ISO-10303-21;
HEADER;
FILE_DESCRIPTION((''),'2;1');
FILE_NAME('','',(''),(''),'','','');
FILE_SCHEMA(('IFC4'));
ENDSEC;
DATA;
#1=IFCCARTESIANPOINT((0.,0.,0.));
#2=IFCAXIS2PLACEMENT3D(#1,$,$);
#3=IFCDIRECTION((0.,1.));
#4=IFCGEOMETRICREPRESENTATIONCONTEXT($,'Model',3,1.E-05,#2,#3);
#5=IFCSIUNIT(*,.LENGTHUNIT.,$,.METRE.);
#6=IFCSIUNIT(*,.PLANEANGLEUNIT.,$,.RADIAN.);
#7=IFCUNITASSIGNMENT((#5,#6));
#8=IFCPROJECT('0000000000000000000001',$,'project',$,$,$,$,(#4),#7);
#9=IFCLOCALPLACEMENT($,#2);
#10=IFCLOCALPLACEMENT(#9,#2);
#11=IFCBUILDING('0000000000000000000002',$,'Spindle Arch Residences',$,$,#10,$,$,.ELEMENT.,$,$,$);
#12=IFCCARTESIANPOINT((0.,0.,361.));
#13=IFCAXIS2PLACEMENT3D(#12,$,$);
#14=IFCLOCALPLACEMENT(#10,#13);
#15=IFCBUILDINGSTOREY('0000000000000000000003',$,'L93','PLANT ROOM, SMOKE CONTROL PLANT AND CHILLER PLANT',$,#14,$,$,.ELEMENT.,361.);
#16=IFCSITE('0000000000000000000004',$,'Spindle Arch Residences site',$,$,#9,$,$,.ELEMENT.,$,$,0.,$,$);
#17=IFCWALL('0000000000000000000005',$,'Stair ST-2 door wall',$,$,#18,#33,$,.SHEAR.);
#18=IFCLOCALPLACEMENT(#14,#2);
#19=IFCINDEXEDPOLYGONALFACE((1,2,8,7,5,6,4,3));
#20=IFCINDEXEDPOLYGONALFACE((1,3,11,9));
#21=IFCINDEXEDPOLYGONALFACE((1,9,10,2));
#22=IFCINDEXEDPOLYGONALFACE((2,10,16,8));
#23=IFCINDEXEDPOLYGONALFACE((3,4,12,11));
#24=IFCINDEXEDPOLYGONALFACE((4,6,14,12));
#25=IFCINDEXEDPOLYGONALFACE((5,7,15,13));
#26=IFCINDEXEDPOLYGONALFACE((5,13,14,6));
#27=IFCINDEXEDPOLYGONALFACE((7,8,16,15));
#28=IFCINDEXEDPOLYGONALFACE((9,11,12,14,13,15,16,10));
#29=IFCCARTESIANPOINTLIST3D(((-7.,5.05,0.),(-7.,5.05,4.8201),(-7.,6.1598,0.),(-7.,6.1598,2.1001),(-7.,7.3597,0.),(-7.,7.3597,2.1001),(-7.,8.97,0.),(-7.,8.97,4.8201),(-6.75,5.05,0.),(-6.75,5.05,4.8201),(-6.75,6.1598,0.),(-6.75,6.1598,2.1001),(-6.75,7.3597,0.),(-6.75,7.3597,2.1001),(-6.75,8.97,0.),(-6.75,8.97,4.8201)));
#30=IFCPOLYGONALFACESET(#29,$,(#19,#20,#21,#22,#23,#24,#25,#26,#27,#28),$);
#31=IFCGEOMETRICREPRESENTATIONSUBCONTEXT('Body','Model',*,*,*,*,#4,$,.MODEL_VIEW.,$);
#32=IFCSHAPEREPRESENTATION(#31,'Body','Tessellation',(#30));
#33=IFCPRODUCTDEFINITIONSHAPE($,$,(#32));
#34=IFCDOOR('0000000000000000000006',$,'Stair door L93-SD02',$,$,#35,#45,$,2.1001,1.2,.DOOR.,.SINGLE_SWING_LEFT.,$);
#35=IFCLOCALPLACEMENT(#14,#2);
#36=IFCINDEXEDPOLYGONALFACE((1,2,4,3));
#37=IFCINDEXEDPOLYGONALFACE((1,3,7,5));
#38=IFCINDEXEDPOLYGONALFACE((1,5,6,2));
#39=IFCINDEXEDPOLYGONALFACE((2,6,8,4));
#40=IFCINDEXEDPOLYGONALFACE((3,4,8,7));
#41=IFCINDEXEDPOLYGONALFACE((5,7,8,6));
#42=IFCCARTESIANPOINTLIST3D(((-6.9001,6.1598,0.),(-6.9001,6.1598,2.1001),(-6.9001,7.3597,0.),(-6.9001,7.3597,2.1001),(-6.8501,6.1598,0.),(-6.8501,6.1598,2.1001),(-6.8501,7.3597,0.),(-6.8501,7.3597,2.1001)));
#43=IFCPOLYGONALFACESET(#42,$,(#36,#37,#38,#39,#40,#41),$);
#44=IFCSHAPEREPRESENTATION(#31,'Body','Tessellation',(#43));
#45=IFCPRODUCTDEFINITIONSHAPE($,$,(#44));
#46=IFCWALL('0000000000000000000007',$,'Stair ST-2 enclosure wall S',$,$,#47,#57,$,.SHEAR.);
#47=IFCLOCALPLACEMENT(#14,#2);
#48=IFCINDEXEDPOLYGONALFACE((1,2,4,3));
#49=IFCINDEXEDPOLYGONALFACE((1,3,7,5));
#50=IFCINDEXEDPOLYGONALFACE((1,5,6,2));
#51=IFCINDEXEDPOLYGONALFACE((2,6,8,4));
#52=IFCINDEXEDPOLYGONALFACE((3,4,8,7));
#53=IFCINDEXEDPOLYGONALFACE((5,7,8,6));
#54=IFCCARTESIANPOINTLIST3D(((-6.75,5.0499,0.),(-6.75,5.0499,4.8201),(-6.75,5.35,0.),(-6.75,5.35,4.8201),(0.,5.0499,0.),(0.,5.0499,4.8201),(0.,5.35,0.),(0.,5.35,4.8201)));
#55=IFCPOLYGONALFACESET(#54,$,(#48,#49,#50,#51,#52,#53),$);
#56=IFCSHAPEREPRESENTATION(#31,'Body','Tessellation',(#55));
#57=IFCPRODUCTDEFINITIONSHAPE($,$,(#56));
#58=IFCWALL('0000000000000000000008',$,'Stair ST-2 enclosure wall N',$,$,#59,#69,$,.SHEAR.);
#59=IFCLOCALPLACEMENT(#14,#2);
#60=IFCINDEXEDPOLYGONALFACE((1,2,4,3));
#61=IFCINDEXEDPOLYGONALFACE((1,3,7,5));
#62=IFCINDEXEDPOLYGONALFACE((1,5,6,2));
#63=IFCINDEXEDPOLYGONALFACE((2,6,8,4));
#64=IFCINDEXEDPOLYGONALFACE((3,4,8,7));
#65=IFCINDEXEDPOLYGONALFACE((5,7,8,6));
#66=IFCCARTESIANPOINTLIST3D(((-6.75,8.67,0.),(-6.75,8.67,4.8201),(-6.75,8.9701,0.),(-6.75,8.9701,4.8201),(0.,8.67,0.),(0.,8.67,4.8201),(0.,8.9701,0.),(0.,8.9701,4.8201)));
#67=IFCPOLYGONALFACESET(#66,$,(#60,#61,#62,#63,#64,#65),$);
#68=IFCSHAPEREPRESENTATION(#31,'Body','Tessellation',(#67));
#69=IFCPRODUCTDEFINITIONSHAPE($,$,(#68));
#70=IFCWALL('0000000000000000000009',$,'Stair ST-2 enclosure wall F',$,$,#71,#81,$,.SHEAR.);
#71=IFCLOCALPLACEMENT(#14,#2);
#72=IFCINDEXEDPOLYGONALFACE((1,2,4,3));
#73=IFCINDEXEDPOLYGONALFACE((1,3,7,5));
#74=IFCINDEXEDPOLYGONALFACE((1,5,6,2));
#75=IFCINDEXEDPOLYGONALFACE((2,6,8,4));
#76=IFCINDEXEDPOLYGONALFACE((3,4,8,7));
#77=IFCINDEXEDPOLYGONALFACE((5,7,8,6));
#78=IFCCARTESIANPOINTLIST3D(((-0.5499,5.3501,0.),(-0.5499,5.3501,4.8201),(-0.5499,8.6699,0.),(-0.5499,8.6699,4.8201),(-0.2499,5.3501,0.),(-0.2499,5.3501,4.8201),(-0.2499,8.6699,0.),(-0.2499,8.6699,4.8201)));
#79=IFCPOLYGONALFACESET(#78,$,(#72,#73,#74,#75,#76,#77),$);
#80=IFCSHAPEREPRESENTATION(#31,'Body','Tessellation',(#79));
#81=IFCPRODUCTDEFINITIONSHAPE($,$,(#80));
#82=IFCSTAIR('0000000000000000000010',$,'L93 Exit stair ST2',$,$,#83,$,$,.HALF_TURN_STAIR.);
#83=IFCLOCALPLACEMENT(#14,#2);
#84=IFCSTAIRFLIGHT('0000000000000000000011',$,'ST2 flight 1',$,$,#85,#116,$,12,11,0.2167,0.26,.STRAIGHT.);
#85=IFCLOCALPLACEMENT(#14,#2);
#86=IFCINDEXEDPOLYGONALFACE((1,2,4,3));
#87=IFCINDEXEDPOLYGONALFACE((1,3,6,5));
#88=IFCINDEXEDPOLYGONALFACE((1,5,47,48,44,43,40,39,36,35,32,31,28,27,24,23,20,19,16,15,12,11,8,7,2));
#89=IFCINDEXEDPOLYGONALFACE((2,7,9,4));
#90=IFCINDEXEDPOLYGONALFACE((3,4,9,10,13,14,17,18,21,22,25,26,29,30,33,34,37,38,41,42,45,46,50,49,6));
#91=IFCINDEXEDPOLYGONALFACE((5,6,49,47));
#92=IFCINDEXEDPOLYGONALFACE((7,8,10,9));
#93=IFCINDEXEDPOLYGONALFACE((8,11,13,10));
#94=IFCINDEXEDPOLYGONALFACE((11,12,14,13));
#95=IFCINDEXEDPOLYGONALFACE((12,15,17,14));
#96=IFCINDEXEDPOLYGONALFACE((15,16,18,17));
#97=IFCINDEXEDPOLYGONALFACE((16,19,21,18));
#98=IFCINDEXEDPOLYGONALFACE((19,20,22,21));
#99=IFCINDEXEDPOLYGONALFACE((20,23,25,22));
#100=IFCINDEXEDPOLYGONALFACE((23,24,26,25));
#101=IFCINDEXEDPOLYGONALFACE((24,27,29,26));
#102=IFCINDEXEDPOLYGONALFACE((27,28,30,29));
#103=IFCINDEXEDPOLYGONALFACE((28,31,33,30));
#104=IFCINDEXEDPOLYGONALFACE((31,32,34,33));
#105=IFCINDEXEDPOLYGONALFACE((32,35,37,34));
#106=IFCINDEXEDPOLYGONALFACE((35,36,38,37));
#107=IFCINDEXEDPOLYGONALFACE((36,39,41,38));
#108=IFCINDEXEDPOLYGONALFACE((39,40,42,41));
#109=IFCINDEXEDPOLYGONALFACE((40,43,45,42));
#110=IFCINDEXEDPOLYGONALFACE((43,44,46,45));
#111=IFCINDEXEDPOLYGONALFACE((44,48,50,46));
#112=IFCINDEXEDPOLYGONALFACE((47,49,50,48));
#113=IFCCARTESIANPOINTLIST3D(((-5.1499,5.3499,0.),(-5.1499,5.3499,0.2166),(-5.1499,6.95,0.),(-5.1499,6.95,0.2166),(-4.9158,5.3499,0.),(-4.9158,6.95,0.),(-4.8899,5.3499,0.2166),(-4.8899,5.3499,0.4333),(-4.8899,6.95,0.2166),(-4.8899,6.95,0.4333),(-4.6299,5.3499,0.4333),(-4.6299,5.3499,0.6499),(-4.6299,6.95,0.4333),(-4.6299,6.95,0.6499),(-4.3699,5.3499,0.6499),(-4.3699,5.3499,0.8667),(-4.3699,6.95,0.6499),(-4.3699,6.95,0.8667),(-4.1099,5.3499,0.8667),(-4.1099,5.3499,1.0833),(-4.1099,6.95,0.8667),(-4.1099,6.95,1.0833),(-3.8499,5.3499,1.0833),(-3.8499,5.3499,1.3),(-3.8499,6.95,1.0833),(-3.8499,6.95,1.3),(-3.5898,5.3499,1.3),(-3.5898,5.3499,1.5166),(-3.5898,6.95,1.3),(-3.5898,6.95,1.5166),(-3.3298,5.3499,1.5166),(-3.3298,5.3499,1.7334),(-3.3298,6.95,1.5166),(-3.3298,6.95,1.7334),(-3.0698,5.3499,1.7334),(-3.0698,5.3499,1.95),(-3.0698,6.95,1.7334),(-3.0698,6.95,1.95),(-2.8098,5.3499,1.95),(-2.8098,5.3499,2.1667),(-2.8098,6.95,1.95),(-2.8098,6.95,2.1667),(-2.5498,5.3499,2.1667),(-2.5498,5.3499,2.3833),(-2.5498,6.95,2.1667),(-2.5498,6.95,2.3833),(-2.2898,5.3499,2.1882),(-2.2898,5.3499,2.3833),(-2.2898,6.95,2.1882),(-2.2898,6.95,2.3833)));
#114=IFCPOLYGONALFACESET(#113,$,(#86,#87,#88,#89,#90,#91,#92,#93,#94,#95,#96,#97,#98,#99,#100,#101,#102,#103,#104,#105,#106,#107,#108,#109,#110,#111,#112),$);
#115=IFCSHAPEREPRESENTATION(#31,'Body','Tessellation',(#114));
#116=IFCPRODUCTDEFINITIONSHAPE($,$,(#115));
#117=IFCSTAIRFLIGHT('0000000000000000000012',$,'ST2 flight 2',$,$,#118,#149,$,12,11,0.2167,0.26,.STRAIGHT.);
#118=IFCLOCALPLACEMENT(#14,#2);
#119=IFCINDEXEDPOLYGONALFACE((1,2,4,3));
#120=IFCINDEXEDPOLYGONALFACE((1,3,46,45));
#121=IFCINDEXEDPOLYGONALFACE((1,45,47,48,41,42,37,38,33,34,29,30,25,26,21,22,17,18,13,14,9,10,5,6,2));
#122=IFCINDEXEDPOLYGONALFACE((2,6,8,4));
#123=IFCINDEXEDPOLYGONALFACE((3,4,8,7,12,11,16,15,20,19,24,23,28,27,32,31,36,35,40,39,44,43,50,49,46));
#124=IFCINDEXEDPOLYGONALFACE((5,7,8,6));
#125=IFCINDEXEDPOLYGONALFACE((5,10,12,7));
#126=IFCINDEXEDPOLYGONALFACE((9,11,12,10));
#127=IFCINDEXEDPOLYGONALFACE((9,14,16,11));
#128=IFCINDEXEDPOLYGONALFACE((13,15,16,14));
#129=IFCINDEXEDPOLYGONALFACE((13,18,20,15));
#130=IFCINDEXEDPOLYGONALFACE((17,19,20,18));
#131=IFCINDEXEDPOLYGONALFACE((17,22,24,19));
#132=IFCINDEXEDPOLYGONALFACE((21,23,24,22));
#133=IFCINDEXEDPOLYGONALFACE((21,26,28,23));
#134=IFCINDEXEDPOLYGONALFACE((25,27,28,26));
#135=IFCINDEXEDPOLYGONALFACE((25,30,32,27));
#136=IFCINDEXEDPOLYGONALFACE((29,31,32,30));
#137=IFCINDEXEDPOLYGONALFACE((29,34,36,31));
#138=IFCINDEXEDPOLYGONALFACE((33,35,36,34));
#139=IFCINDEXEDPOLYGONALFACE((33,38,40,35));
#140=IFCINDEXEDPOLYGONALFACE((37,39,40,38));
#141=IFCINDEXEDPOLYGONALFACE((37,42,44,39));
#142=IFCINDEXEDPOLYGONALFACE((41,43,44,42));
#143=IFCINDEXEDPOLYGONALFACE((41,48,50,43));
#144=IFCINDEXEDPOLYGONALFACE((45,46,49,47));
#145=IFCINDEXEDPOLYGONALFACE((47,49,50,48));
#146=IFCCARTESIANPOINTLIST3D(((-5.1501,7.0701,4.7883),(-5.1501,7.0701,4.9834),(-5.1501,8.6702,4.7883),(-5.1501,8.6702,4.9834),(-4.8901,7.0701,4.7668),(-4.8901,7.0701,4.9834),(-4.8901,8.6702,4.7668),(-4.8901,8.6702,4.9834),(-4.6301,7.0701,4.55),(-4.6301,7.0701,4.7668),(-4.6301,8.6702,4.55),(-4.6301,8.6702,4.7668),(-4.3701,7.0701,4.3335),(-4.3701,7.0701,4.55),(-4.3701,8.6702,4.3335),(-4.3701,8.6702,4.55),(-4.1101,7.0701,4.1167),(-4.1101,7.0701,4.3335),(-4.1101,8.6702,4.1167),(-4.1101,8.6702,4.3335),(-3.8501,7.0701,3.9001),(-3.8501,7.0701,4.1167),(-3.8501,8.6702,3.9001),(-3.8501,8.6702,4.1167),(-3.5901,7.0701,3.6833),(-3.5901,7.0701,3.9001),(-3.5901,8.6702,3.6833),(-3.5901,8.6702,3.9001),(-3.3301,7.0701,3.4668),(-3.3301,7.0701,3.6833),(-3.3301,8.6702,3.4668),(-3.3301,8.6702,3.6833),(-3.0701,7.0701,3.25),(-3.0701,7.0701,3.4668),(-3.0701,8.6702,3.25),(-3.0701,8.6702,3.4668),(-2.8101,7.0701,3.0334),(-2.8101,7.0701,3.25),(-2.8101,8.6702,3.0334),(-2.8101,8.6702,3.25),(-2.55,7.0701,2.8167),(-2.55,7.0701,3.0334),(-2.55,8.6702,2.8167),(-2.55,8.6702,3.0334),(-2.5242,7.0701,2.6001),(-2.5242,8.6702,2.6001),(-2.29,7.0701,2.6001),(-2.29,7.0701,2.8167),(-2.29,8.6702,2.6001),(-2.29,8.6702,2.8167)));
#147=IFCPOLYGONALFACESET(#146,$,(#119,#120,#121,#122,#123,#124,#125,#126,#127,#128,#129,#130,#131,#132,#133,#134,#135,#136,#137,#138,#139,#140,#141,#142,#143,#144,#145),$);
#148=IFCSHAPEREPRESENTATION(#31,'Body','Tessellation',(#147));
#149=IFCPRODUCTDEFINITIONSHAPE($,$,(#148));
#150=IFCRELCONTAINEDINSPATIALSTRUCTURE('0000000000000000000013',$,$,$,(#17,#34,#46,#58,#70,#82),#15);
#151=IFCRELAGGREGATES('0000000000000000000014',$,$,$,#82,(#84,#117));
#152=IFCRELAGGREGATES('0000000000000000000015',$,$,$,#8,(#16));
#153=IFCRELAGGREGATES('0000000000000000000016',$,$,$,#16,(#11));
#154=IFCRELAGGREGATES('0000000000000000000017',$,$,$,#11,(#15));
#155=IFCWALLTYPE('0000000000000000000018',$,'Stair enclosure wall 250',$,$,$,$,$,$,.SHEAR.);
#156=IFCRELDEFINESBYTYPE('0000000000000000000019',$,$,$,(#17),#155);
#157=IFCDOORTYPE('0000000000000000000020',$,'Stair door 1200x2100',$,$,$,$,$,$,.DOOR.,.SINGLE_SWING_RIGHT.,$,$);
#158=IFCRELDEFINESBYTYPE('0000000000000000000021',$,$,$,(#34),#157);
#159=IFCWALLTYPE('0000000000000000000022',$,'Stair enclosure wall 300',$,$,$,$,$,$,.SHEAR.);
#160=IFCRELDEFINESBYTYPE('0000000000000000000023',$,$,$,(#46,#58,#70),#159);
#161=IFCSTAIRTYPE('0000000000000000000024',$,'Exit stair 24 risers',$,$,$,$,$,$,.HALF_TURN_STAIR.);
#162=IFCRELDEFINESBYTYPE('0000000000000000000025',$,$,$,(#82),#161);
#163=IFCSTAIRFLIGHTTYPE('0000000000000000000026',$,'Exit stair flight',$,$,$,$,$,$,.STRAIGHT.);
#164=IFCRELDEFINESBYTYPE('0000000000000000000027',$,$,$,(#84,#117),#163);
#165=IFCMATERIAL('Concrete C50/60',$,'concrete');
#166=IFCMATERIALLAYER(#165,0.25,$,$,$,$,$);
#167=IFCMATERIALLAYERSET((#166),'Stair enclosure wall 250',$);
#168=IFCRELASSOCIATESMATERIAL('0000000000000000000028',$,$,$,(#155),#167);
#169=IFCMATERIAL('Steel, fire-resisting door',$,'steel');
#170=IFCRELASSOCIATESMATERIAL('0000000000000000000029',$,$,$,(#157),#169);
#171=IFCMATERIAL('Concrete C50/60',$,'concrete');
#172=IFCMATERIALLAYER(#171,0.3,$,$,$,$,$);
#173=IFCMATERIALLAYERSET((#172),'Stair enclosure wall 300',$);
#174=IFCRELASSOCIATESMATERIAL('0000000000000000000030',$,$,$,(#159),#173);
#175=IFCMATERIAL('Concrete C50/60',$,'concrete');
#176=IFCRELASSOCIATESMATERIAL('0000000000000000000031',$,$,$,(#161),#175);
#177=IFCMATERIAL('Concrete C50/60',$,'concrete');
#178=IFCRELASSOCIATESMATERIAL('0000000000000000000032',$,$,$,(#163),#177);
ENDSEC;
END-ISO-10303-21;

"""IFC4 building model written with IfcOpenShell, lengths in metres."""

from ifc_helpers import new_model, si_unit, direction, frame, frame_2d, origin, place, context, subcontext, project, spatial, polyline, rectangle, outline, extrude, material, layer, layer_set, type_object, element, fill, aggregate, save


model = new_model("IFC4")

# Units and contexts
model_context = context("Model", 3, precision=1e-05, world=origin(), true_north=direction((0.0, 1.0)))
body_context = subcontext(model_context, "Body", "Model", "MODEL_VIEW")
ifc_project = project(units=[si_unit("LENGTHUNIT", "METRE"), si_unit("PLANEANGLEUNIT", "RADIAN")], contexts=[model_context])

# Site, building, storey
site_placement = place(None, origin())
site = spatial("IfcSite", under=ifc_project, at=site_placement, Name="Spindle Arch Residences site", CompositionType="ELEMENT", RefElevation=0.0)
building_placement = place(site_placement, origin())
building = spatial("IfcBuilding", under=site, at=building_placement, Name="Spindle Arch Residences", CompositionType="ELEMENT")
storey_placement = place(building_placement, frame((0.0, 0.0, 361.0)))
storey = spatial("IfcBuildingStorey", under=building, at=storey_placement, Name="L93", Description="PLANT ROOM, SMOKE CONTROL PLANT AND CHILLER PLANT", CompositionType="ELEMENT", Elevation=361.0)

# Wall, opening, door
ifc_material_1 = material(Name="Concrete C50/60", Category="concrete")
ifc_layer_1 = layer(ifc_material_1, 0.25)
ifc_layer_set_1 = layer_set([ifc_layer_1], Name="Stair enclosure wall 250")
wall_type_1 = type_object("IfcWallType", Name="Stair enclosure wall 250", PredefinedType="SHEAR", material=ifc_layer_set_1)
wall_1_placement = place(storey_placement, frame((-6.875, 8.97, 0.0), z_axis=(0.0, 0.0, 1.0), x_axis=(0.0, -1.0, 0.0)))
wall_1 = element("IfcWall", 1, at=wall_1_placement, inside=storey, type_object=wall_type_1, Name="Stair ST-2 door wall", PredefinedType="SHEAR", context=body_context, shape_type="SweptSolid", body=[
    extrude(rectangle(XDim=3.9199, YDim=0.25, at=frame_2d((1.96, 0.0))), origin(), (0.0, 0.0, 1.0), 4.8201),
])
opening_1_placement = place(wall_1_placement, frame((1.6101, 0.0, 0.0)))
opening_1 = element("IfcOpeningElement", 2, at=opening_1_placement, cuts=wall_1, PredefinedType="OPENING", context=body_context, shape_type="SweptSolid", body=[
    extrude(rectangle(XDim=1.2, YDim=2.1001, at=frame_2d((0.6001, 1.05))), frame((0.0, 0.135, 0.0), z_axis=(0.0, -1.0, 0.0), x_axis=(1.0, 0.0, 0.0)), (0.0, 0.0, 1.0), 0.27),
])
ifc_material_2 = material(Name="Steel, fire-resisting door", Category="steel")
door_type_1 = type_object("IfcDoorType", Name="Stair door 1200x2100", OperationType="SINGLE_SWING_RIGHT", PredefinedType="DOOR", material=ifc_material_2)
door_1_placement = place(opening_1_placement, origin())
door_1 = element("IfcDoor", 3, at=door_1_placement, inside=storey, type_object=door_type_1, Name="Stair door L93-SD02", OperationType="SINGLE_SWING_LEFT", OverallHeight=2.1001, OverallWidth=1.2, PredefinedType="DOOR", context=body_context, shape_type="SweptSolid", body=[
    extrude(rectangle(XDim=1.2, YDim=2.1001, at=frame_2d((0.6001, 1.05))), frame((0.0, 0.0249, 0.0), z_axis=(0.0, -1.0, 0.0), x_axis=(1.0, 0.0, 0.0)), (0.0, 0.0, 1.0), 0.05),
])
fill(opening_1, door_1)

# Walls
ifc_material_3 = material(Name="Concrete C50/60", Category="concrete")
ifc_layer_2 = layer(ifc_material_3, 0.3)
ifc_layer_set_2 = layer_set([ifc_layer_2], Name="Stair enclosure wall 300")
wall_type_2 = type_object("IfcWallType", Name="Stair enclosure wall 300", PredefinedType="SHEAR", material=ifc_layer_set_2)
for number, where, z_axis, x_axis, name in (
    (4, (-6.75, 5.2, 0.0), (0.0, 0.0, 1.0), (1.0, 0.0, 0.0), "Stair ST-2 enclosure wall S"),
    (5, (-6.75, 8.8201, 0.0), (0.0, 0.0, 1.0), (1.0, 0.0, 0.0), "Stair ST-2 enclosure wall N"),
):
    element("IfcWall", number, at=place(storey_placement, frame(where, z_axis=z_axis, x_axis=x_axis)), inside=storey, type_object=wall_type_2, Name=name, PredefinedType="SHEAR", context=body_context, shape_type="SweptSolid", body=[
        extrude(rectangle(XDim=6.75, YDim=0.3, at=frame_2d((3.375, 0.0))), origin(), (0.0, 0.0, 1.0), 4.8201),
    ])
wall_2_placement = place(storey_placement, frame((-0.3999, 5.3501, 0.0), z_axis=(0.0, 0.0, 1.0), x_axis=(0.0, 1.0, 0.0)))
element("IfcWall", 6, at=wall_2_placement, inside=storey, type_object=wall_type_2, Name="Stair ST-2 enclosure wall F", PredefinedType="SHEAR", context=body_context, shape_type="SweptSolid", body=[
    extrude(rectangle(XDim=3.3198, YDim=0.3, at=frame_2d((1.6599, 0.0))), origin(), (0.0, 0.0, 1.0), 4.8201),
])

# Stair, stair flights
ifc_material_4 = material(Name="Concrete C50/60", Category="concrete")
stair_type = type_object("IfcStairType", Name="Exit stair 24 risers", PredefinedType="HALF_TURN_STAIR", material=ifc_material_4)
stair_placement = place(storey_placement, origin())
stair = element("IfcStair", 7, at=stair_placement, inside=storey, type_object=stair_type, Name="L93 Exit stair ST2", PredefinedType="HALF_TURN_STAIR")
ifc_material_5 = material(Name="Concrete C50/60", Category="concrete")
stair_flight_type = type_object("IfcStairFlightType", Name="Exit stair flight", PredefinedType="STRAIGHT", material=ifc_material_5)
stair_flight_1_placement = place(storey_placement, frame((-5.1499, 6.1499, 0.0), z_axis=(0.0, 0.0, 1.0), x_axis=(1.0, 0.0, 0.0)))
stair_flight_1 = element("IfcStairFlight", 8, at=stair_flight_1_placement, type_object=stair_flight_type, Name="ST2 flight 1", NumberOfRisers=12, NumberOfTreads=11, PredefinedType="STRAIGHT", RiserHeight=0.2167, TreadLength=0.26, context=body_context, shape_type="SweptSolid", body=[
    extrude(outline(polyline([(0.0, 0.0), (0.0, 0.2166), (0.26, 0.2166), (0.26, 0.4333), (0.52, 0.4333), (0.52, 0.6499), (0.78, 0.6499), (0.78, 0.8667), (1.04, 0.8667), (1.04, 1.0833), (1.3, 1.0833), (1.3, 1.3), (1.5601, 1.3), (1.5601, 1.5166), (1.8201, 1.5166), (1.8201, 1.7334), (2.0801, 1.7334), (2.0801, 1.95), (2.3401, 1.95), (2.3401, 2.1667), (2.6001, 2.1667), (2.6001, 2.3833), (2.8601, 2.3833), (2.8601, 2.6001), (2.8601, 2.1882), (0.2341, 0.0), (0.0, 0.0)])), frame((0.0, 0.8, 0.0), z_axis=(0.0, -1.0, 0.0), x_axis=(1.0, 0.0, 0.0)), (0.0, 0.0, 1.0), 1.6001),
])
stair_flight_2_placement = place(storey_placement, frame((-2.29, 7.8701, 2.6001), z_axis=(0.0, 0.0, 1.0), x_axis=(-1.0, 0.0, 0.0)))
stair_flight_2 = element("IfcStairFlight", 9, at=stair_flight_2_placement, type_object=stair_flight_type, Name="ST2 flight 2", NumberOfRisers=12, NumberOfTreads=11, PredefinedType="STRAIGHT", RiserHeight=0.2167, TreadLength=0.26, context=body_context, shape_type="SweptSolid", body=[
    extrude(outline(polyline([(0.0, 0.0), (0.0, 0.2166), (0.26, 0.2166), (0.26, 0.4333), (0.52, 0.4333), (0.52, 0.6499), (0.78, 0.6499), (0.78, 0.8667), (1.04, 0.8667), (1.04, 1.0833), (1.3, 1.0833), (1.3, 1.3), (1.5601, 1.3), (1.5601, 1.5166), (1.8201, 1.5166), (1.8201, 1.7334), (2.0801, 1.7334), (2.0801, 1.95), (2.3401, 1.95), (2.3401, 2.1667), (2.6001, 2.1667), (2.6001, 2.3833), (2.8601, 2.3833), (2.8601, 2.6001), (2.8601, 2.1882), (0.2341, 0.0), (0.0, 0.0)])), frame((0.0, 0.8, 0.0), z_axis=(0.0, -1.0, 0.0), x_axis=(1.0, 0.0, 0.0)), (0.0, 0.0, 1.0), 1.6001),
])
aggregate(stair, [stair_flight_1, stair_flight_2])

save(model, "model.ifc")
